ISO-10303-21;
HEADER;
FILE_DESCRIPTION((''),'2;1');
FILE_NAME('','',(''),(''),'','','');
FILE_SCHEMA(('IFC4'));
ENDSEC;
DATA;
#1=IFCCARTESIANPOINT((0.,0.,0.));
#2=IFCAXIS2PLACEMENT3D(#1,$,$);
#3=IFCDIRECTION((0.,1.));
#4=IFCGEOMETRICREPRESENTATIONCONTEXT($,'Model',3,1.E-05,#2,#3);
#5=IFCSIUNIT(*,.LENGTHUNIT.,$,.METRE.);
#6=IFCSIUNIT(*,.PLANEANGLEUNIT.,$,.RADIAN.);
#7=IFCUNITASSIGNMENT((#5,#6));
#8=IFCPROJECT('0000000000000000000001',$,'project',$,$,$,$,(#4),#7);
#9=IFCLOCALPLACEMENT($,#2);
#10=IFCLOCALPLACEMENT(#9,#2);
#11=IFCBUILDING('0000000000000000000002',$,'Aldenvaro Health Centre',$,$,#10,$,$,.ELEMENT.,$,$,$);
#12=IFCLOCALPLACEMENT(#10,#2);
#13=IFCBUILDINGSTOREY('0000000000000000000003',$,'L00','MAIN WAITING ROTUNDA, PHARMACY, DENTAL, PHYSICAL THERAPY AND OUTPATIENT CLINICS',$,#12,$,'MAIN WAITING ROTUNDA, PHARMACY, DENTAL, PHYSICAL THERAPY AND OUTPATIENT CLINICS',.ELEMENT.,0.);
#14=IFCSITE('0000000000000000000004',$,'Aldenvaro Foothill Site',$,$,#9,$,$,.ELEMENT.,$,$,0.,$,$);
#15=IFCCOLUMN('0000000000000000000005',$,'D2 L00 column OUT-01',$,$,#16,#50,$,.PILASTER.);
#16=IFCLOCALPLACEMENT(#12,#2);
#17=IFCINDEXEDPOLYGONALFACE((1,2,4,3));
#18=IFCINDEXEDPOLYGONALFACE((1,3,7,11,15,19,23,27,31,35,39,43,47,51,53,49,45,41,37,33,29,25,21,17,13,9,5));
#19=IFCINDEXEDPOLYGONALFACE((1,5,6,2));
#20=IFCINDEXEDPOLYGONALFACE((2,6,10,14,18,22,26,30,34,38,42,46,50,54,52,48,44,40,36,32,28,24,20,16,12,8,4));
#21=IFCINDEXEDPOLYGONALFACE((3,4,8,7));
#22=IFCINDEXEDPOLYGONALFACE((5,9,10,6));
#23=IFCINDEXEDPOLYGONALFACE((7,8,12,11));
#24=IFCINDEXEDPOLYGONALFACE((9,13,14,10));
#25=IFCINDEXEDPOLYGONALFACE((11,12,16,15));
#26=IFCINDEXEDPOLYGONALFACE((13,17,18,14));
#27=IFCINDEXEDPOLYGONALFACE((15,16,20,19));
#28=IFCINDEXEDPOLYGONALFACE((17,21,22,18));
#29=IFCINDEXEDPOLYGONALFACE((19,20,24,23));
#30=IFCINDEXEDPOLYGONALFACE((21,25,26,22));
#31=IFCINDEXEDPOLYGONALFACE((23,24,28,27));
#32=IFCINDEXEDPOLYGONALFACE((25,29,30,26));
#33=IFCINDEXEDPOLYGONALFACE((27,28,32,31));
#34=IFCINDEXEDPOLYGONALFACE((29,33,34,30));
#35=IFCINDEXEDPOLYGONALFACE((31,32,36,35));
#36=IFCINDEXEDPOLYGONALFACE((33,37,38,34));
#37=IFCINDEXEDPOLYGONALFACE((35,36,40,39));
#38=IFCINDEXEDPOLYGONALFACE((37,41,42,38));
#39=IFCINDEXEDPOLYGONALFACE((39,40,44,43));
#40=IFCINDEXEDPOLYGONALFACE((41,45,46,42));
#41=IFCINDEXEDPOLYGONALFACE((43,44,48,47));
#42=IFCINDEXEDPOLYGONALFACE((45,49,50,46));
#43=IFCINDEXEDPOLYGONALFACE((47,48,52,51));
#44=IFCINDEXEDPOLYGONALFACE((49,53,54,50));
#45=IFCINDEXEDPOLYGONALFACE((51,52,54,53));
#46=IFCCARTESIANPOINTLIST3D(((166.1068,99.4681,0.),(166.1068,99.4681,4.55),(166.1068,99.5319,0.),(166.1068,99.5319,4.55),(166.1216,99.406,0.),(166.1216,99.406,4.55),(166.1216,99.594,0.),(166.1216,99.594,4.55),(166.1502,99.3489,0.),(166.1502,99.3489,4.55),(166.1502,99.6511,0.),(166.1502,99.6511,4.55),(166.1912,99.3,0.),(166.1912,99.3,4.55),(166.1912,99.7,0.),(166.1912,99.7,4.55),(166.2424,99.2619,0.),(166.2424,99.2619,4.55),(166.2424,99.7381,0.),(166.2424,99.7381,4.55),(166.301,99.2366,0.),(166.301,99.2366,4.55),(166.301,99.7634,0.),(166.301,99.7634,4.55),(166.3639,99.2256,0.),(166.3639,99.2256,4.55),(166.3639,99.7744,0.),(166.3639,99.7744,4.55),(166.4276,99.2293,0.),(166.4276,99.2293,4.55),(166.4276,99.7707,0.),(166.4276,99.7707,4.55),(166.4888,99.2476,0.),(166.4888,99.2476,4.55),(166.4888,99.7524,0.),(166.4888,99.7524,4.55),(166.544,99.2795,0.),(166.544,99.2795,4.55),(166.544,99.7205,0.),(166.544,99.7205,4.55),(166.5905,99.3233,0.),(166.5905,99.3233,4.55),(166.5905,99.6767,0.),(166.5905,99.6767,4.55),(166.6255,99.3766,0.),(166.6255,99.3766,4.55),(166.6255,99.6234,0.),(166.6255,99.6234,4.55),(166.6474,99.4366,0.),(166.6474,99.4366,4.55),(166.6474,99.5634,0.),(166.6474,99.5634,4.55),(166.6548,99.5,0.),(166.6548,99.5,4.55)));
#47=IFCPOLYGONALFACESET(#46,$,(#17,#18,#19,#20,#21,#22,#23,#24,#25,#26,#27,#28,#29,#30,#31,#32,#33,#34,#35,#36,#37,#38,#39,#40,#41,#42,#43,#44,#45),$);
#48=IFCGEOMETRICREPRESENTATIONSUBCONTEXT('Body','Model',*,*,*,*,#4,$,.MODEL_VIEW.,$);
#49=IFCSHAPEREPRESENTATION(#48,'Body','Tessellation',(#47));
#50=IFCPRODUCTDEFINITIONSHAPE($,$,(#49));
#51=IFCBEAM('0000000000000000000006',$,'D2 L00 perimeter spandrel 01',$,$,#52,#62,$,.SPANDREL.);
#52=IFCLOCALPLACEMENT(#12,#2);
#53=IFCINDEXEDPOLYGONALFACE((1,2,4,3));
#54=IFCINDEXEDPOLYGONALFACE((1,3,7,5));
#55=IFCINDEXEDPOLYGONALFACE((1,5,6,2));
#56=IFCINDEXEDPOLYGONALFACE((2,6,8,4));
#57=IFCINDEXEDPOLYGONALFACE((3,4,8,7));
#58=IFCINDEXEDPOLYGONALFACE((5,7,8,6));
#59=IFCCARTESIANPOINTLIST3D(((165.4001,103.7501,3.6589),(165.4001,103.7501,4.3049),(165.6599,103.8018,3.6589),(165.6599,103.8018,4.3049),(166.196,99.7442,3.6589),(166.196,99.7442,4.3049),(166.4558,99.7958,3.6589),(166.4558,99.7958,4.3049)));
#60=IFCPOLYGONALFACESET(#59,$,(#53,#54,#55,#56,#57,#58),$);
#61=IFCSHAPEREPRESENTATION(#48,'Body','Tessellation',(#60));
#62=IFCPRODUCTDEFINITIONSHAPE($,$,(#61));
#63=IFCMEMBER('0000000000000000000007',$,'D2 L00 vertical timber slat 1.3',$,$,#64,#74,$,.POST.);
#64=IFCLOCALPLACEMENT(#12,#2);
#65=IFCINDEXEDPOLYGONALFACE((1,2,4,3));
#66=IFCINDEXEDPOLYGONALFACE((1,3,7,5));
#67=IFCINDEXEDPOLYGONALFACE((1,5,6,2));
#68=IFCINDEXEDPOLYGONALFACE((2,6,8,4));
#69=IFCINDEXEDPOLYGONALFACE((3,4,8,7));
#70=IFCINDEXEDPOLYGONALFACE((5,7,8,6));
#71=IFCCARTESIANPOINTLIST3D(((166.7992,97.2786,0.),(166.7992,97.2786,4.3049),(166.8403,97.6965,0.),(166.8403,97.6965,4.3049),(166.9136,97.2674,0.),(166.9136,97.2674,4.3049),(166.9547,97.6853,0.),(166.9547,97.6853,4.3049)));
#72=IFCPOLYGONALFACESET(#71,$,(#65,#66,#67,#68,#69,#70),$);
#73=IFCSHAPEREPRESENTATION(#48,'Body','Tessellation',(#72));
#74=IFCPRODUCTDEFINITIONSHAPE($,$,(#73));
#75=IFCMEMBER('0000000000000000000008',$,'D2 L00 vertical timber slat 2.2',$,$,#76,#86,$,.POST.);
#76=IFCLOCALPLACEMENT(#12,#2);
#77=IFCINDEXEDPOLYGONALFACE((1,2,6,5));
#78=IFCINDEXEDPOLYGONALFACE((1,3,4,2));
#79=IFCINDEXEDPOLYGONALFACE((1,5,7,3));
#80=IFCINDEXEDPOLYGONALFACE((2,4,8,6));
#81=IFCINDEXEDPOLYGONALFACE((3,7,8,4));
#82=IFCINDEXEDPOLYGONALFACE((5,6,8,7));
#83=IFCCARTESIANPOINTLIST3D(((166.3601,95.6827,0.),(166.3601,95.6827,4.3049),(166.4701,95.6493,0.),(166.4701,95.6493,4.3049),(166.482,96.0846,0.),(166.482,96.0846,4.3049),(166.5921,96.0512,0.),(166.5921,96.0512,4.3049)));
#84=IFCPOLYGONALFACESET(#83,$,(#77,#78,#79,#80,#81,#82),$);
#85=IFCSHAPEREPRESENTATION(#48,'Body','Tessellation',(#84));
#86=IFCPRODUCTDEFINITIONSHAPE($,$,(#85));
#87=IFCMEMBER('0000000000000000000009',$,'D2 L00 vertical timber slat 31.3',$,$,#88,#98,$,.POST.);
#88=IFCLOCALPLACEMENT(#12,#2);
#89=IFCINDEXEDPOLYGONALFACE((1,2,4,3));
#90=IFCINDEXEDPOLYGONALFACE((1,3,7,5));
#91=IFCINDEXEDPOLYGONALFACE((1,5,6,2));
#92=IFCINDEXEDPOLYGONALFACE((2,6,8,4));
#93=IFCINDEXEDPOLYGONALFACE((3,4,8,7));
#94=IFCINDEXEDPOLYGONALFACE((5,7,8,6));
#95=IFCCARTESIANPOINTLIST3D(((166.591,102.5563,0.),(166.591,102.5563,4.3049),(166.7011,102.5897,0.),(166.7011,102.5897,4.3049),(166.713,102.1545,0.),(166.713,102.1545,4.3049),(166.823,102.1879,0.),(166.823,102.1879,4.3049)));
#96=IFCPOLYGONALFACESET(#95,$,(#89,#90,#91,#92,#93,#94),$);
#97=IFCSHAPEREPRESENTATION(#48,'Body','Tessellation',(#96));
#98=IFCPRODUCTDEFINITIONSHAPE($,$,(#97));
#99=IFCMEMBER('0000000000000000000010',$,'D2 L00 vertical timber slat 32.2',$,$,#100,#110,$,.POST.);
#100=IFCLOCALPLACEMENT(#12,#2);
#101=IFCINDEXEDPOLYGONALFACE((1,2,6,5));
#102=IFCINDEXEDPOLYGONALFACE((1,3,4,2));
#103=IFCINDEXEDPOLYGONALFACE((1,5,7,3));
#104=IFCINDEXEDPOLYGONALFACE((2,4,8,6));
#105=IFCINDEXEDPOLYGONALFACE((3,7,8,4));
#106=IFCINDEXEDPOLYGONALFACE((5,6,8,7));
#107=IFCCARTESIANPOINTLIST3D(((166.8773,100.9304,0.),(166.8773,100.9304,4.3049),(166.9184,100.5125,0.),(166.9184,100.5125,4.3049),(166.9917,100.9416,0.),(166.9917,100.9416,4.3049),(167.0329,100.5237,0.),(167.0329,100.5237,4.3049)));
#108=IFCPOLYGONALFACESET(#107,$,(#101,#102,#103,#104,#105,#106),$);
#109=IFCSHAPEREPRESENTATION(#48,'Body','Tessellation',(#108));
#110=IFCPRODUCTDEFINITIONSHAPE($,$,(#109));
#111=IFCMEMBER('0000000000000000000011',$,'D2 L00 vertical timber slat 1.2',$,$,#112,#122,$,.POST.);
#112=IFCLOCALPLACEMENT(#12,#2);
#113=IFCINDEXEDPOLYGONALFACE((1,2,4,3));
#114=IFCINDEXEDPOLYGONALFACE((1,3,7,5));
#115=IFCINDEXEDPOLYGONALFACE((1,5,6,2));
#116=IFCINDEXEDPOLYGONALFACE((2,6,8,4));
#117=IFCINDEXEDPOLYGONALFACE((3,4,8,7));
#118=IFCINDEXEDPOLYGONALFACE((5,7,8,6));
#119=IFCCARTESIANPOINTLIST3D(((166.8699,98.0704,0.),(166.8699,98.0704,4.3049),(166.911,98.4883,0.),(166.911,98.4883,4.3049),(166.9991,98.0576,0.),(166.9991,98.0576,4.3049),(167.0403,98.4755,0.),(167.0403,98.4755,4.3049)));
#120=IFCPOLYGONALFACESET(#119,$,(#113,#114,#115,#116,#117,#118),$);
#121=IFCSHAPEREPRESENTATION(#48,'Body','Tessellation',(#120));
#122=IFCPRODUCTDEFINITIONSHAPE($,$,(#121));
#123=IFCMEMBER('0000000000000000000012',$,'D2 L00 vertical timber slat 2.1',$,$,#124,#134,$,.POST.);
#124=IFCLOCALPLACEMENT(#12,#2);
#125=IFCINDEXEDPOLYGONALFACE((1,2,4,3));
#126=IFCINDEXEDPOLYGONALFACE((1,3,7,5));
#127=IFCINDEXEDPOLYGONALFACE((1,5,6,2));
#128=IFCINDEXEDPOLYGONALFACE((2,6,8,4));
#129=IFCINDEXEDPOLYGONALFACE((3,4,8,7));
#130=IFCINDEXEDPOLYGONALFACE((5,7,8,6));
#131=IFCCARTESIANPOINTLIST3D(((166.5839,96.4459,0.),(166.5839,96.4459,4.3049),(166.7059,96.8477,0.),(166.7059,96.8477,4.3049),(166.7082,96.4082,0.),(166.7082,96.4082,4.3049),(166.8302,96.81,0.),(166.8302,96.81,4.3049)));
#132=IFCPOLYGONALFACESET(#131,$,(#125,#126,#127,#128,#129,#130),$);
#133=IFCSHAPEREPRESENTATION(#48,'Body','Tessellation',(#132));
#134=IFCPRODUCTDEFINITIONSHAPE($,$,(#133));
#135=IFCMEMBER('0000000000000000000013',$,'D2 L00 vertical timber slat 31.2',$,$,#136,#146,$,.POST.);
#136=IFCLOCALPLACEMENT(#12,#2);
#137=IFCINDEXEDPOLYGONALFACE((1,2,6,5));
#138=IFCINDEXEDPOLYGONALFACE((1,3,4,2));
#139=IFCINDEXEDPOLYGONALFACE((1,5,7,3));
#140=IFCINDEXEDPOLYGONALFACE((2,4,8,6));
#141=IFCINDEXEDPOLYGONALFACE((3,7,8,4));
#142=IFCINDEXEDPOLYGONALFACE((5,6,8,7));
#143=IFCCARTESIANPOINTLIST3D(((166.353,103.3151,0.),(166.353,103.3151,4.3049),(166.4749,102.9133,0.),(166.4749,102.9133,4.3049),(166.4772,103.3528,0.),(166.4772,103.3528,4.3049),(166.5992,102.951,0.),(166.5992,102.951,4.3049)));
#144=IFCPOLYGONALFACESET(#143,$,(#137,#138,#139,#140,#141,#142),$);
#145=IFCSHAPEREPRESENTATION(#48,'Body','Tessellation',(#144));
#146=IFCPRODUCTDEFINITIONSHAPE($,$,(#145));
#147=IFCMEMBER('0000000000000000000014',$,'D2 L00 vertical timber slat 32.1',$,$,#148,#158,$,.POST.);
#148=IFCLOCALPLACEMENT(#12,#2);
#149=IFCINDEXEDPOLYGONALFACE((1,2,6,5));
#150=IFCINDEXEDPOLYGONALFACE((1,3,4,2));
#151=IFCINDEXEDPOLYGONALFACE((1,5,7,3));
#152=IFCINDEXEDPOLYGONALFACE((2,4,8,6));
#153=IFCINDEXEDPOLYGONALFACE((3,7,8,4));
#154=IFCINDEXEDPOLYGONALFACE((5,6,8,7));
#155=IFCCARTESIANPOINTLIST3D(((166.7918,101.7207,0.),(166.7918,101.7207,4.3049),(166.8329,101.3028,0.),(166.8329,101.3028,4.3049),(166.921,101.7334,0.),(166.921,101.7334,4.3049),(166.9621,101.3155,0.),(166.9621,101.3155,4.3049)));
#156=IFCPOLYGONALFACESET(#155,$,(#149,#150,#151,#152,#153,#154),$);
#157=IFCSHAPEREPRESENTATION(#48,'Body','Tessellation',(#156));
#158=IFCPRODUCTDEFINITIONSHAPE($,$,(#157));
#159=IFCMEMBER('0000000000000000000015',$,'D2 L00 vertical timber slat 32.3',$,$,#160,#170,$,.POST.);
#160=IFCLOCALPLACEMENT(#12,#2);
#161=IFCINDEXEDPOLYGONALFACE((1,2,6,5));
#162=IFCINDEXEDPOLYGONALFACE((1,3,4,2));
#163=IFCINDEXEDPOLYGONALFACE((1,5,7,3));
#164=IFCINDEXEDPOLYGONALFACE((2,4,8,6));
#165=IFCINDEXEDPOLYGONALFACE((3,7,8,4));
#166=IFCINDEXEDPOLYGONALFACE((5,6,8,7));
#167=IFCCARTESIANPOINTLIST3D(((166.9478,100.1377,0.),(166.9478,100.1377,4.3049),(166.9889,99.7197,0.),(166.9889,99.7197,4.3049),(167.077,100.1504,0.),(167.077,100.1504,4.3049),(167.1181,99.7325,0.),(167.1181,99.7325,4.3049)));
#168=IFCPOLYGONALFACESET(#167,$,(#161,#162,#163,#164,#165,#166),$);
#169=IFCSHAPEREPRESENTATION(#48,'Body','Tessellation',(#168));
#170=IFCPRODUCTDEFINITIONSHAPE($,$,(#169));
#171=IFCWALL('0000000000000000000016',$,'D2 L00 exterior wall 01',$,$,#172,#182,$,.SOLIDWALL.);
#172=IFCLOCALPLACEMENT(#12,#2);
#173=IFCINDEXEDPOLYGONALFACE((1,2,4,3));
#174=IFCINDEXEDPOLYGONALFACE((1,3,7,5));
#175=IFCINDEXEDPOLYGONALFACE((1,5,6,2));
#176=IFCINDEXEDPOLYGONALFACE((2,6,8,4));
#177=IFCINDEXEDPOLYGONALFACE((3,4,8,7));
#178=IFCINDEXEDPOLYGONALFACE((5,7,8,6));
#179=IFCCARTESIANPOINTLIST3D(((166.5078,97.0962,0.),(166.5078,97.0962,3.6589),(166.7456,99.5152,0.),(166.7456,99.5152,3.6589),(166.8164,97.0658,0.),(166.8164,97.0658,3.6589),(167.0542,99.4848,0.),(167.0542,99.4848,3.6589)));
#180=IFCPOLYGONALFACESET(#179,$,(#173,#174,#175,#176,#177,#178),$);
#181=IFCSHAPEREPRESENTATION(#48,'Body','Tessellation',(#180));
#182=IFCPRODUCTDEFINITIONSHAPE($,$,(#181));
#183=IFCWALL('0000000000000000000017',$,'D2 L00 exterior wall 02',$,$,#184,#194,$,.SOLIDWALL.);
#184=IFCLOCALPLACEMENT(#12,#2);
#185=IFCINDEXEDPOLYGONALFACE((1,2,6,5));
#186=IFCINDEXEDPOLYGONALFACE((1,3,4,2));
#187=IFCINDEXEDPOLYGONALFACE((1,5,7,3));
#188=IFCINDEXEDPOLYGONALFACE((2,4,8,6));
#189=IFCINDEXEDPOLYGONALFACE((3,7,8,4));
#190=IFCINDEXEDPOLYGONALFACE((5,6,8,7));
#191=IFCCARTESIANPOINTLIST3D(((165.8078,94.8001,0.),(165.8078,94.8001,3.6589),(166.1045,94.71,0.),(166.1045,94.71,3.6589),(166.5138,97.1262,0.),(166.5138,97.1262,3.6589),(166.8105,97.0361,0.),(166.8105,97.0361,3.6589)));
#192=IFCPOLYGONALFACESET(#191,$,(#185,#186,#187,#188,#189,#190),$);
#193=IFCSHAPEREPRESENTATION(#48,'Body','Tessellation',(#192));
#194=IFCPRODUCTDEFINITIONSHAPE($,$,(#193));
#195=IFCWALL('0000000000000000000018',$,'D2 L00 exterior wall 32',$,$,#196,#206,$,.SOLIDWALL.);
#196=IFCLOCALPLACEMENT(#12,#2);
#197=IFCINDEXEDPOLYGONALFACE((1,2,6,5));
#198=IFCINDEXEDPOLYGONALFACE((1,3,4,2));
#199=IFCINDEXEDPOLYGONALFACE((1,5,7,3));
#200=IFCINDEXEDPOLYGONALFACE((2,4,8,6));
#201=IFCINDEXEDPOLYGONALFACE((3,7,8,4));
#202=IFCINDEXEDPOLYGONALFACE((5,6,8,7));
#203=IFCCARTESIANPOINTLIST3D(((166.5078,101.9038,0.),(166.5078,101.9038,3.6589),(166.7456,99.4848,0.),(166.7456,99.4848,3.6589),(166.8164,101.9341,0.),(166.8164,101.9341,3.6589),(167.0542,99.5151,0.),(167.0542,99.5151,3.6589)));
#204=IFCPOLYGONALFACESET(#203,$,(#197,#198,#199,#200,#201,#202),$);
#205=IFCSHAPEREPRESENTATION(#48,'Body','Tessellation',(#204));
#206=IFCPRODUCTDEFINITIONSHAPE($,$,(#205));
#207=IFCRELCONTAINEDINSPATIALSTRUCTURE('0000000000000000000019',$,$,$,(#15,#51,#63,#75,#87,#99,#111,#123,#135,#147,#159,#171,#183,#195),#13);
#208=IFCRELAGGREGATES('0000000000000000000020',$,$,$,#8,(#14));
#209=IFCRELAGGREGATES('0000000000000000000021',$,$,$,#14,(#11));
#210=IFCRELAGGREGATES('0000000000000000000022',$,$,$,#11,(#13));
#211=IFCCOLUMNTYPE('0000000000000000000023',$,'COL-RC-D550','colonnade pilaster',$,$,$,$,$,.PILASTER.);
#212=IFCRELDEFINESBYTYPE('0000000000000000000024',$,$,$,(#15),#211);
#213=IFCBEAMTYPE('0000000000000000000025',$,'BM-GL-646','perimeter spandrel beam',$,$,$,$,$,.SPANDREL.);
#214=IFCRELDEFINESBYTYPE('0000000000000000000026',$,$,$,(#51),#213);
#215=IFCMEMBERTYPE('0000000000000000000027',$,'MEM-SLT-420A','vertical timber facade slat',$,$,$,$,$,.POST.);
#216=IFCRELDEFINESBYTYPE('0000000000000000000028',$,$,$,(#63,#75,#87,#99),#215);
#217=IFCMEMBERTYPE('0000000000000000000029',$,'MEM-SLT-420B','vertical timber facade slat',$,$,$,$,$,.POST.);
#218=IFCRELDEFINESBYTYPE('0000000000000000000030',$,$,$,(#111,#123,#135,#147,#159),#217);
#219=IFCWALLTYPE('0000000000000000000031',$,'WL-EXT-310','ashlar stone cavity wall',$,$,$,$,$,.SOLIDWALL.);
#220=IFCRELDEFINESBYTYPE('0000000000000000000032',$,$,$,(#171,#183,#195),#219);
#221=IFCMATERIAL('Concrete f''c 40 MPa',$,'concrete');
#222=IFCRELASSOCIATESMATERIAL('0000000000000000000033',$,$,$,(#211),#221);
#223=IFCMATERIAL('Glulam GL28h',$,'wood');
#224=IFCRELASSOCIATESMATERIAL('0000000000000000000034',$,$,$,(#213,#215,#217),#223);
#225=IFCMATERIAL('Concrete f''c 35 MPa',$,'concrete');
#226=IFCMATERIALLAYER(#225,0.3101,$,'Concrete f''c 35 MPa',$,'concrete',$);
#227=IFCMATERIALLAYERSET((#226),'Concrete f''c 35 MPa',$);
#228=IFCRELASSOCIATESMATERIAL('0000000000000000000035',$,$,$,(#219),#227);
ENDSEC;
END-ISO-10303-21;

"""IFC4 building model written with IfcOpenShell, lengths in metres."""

from ifc_helpers import new_model, si_unit, direction, frame, frame_2d, origin, origin_2d, place, context, subcontext, project, spatial, rectangle, circle, extrude, material, layer, layer_set, material_profile, profile_set, type_object, element, save


model = new_model("IFC4")

# Units and contexts
model_context = context("Model", 3, precision=1e-05, world=origin(), true_north=direction((0.0, 1.0)))
body_context = subcontext(model_context, "Body", "Model", "MODEL_VIEW")
ifc_project = project(units=[si_unit("LENGTHUNIT", "METRE"), si_unit("PLANEANGLEUNIT", "RADIAN")], contexts=[model_context])

# Site, building, storey
site_placement = place(None, origin())
site = spatial("IfcSite", under=ifc_project, at=site_placement, Name="Aldenvaro Foothill Site", CompositionType="ELEMENT", RefElevation=0.0)
building_placement = place(site_placement, origin())
building = spatial("IfcBuilding", under=site, at=building_placement, Name="Aldenvaro Health Centre", CompositionType="ELEMENT")
storey_placement = place(building_placement, origin())
storey = spatial("IfcBuildingStorey", under=building, at=storey_placement, Name="L00", Description="MAIN WAITING ROTUNDA, PHARMACY, DENTAL, PHYSICAL THERAPY AND OUTPATIENT CLINICS", LongName="MAIN WAITING ROTUNDA, PHARMACY, DENTAL, PHYSICAL THERAPY AND OUTPATIENT CLINICS", CompositionType="ELEMENT", Elevation=0.0)

# Column
ifc_material_1 = material(Name="Concrete f'c 40 MPa", Category="concrete")
ifc_material_profile_1 = material_profile(ifc_material_1, circle(Radius=0.2749, at=origin_2d()), Name="RC D550", Category="concrete")
ifc_profile_set_1 = profile_set([ifc_material_profile_1], Name="Concrete f'c 40 MPa")
column_type = type_object("IfcColumnType", Name="COL-RC-D550", Description="colonnade pilaster", PredefinedType="PILASTER", material=ifc_profile_set_1)
column_placement = place(storey_placement, frame((166.3799, 99.5, 0.0), z_axis=(0.0, 0.0, 1.0), x_axis=(1.0, 0.0, 0.0)))
element("IfcColumn", 1, at=column_placement, inside=storey, type_object=column_type, Name="D2 L00 column OUT-01", PredefinedType="PILASTER", context=body_context, shape_type="SweptSolid", body=[
    extrude(circle(Radius=0.2749, at=origin_2d()), origin(), (0.0, 0.0, 1.0), 4.55),
])

# Beam
ifc_material_2 = material(Name="Glulam GL28h", Category="wood")
ifc_material_profile_2 = material_profile(ifc_material_2, rectangle(XDim=0.2649, YDim=0.646, at=origin_2d()), Name="GL 265x646", Category="wood")
ifc_profile_set_2 = profile_set([ifc_material_profile_2], Name="Glulam GL28h")
beam_type = type_object("IfcBeamType", Name="BM-GL-646", Description="perimeter spandrel beam", PredefinedType="SPANDREL", material=ifc_profile_set_2)
beam_placement = place(storey_placement, frame((166.3259, 99.77, 3.9819), z_axis=(-0.194874, 0.980828, 0.0), x_axis=(-0.980828, -0.194874, 0.0)))
element("IfcBeam", 2, at=beam_placement, inside=storey, type_object=beam_type, Name="D2 L00 perimeter spandrel 01", PredefinedType="SPANDREL", context=body_context, shape_type="SweptSolid", body=[
    extrude(rectangle(XDim=0.2649, YDim=0.646, at=origin_2d()), origin(), (0.0, 0.0, 1.0), 4.0842),
])

# Members
ifc_material_profile_3 = material_profile(ifc_material_2, rectangle(XDim=0.115, YDim=0.4199, at=origin_2d()), Name="GL 115x420", Category="wood")
ifc_profile_set_3 = profile_set([ifc_material_profile_3], Name="Glulam GL28h")
member_type_1 = type_object("IfcMemberType", Name="MEM-SLT-420A", Description="vertical timber facade slat", PredefinedType="POST", material=ifc_profile_set_3)
for number, where, z_axis, x_axis, name in (
    (3, (166.877, 97.4819, 0.0), (0.0, 0.0, 1.0), (0.995195, -0.097915, 0.0), "D2 L00 vertical timber slat 1.3"),
    (4, (166.4761, 95.8669, 0.0), (0.0, 0.0, 1.0), (0.956893, -0.290441, 0.0), "D2 L00 vertical timber slat 2.2"),
    (5, (166.707, 102.3721, 0.0), (0.0, 0.0, 1.0), (0.956893, 0.290441, 0.0), "D2 L00 vertical timber slat 31.3"),
    (6, (166.9551, 100.7271, 0.0), (0.0, 0.0, 1.0), (0.995195, 0.097915, 0.0), "D2 L00 vertical timber slat 32.2"),
):
    element("IfcMember", number, at=place(storey_placement, frame(where, z_axis=z_axis, x_axis=x_axis)), inside=storey, type_object=member_type_1, Name=name, PredefinedType="POST", context=body_context, shape_type="SweptSolid", body=[
        extrude(rectangle(XDim=0.115, YDim=0.4199, at=origin_2d()), origin(), (0.0, 0.0, 1.0), 4.3049),
    ])
ifc_material_profile_4 = material_profile(ifc_material_2, rectangle(XDim=0.1299, YDim=0.4199, at=origin_2d()), Name="GL 130x420", Category="wood")
ifc_profile_set_4 = profile_set([ifc_material_profile_4], Name="Glulam GL28h")
member_type_2 = type_object("IfcMemberType", Name="MEM-SLT-420B", Description="vertical timber facade slat", PredefinedType="POST", material=ifc_profile_set_4)
for number, where, z_axis, x_axis, name in (
    (7, (166.9551, 98.2729, 0.0), (0.0, 0.0, 1.0), (0.995195, -0.097915, 0.0), "D2 L00 vertical timber slat 1.2"),
    (8, (166.707, 96.6279, 0.0), (0.0, 0.0, 1.0), (0.956893, -0.290441, 0.0), "D2 L00 vertical timber slat 2.1"),
    (9, (166.4761, 103.1331, 0.0), (0.0, 0.0, 1.0), (0.956893, 0.290441, 0.0), "D2 L00 vertical timber slat 31.2"),
    (10, (166.877, 101.5181, 0.0), (0.0, 0.0, 1.0), (0.995195, 0.097915, 0.0), "D2 L00 vertical timber slat 32.1"),
    (11, (167.033, 99.9351, 0.0), (0.0, 0.0, 1.0), (0.995195, 0.097915, 0.0), "D2 L00 vertical timber slat 32.3"),
):
    element("IfcMember", number, at=place(storey_placement, frame(where, z_axis=z_axis, x_axis=x_axis)), inside=storey, type_object=member_type_2, Name=name, PredefinedType="POST", context=body_context, shape_type="SweptSolid", body=[
        extrude(rectangle(XDim=0.1299, YDim=0.4199, at=origin_2d()), origin(), (0.0, 0.0, 1.0), 4.3049),
    ])

# Walls
ifc_material_3 = material(Name="Concrete f'c 35 MPa", Category="concrete")
ifc_layer_1 = layer(ifc_material_3, 0.3101, Name="Concrete f'c 35 MPa", Category="concrete")
ifc_layer_set_1 = layer_set([ifc_layer_1], Name="Concrete f'c 35 MPa")
wall_type_1 = type_object("IfcWallType", Name="WL-EXT-310", Description="ashlar stone cavity wall", PredefinedType="SOLIDWALL", material=ifc_layer_set_1)
wall_1_placement = place(storey_placement, frame((166.8999, 99.5, 0.0), z_axis=(0.0, 0.0, 1.0), x_axis=(-0.097833, -0.995203, 0.0)))
element("IfcWall", 12, at=wall_1_placement, inside=storey, type_object=wall_type_1, Name="D2 L00 exterior wall 01", PredefinedType="SOLIDWALL", context=body_context, shape_type="SweptSolid", body=[
    extrude(rectangle(XDim=2.4307, YDim=0.3101, at=frame_2d((1.2153, 0.0))), origin(), (0.0, 0.0, 1.0), 3.6589),
])
wall_2_placement = place(storey_placement, frame((166.6621, 97.0811, 0.0), z_axis=(0.0, 0.0, 1.0), x_axis=(-0.290442, -0.956893, 0.0)))
element("IfcWall", 13, at=wall_2_placement, inside=storey, type_object=wall_type_1, Name="D2 L00 exterior wall 02", PredefinedType="SOLIDWALL", context=body_context, shape_type="SweptSolid", body=[
    extrude(rectangle(XDim=2.4309, YDim=0.3101, at=frame_2d((1.2153, 0.0))), origin(), (0.0, 0.0, 1.0), 3.6589),
])
wall_3_placement = place(storey_placement, frame((166.6621, 101.9189, 0.0), z_axis=(0.0, 0.0, 1.0), x_axis=(0.097833, -0.995203, 0.0)))
element("IfcWall", 14, at=wall_3_placement, inside=storey, type_object=wall_type_1, Name="D2 L00 exterior wall 32", PredefinedType="SOLIDWALL", context=body_context, shape_type="SweptSolid", body=[
    extrude(rectangle(XDim=2.4307, YDim=0.3101, at=frame_2d((1.2153, 0.0))), origin(), (0.0, 0.0, 1.0), 3.6589),
])

save(model, "model.ifc")
